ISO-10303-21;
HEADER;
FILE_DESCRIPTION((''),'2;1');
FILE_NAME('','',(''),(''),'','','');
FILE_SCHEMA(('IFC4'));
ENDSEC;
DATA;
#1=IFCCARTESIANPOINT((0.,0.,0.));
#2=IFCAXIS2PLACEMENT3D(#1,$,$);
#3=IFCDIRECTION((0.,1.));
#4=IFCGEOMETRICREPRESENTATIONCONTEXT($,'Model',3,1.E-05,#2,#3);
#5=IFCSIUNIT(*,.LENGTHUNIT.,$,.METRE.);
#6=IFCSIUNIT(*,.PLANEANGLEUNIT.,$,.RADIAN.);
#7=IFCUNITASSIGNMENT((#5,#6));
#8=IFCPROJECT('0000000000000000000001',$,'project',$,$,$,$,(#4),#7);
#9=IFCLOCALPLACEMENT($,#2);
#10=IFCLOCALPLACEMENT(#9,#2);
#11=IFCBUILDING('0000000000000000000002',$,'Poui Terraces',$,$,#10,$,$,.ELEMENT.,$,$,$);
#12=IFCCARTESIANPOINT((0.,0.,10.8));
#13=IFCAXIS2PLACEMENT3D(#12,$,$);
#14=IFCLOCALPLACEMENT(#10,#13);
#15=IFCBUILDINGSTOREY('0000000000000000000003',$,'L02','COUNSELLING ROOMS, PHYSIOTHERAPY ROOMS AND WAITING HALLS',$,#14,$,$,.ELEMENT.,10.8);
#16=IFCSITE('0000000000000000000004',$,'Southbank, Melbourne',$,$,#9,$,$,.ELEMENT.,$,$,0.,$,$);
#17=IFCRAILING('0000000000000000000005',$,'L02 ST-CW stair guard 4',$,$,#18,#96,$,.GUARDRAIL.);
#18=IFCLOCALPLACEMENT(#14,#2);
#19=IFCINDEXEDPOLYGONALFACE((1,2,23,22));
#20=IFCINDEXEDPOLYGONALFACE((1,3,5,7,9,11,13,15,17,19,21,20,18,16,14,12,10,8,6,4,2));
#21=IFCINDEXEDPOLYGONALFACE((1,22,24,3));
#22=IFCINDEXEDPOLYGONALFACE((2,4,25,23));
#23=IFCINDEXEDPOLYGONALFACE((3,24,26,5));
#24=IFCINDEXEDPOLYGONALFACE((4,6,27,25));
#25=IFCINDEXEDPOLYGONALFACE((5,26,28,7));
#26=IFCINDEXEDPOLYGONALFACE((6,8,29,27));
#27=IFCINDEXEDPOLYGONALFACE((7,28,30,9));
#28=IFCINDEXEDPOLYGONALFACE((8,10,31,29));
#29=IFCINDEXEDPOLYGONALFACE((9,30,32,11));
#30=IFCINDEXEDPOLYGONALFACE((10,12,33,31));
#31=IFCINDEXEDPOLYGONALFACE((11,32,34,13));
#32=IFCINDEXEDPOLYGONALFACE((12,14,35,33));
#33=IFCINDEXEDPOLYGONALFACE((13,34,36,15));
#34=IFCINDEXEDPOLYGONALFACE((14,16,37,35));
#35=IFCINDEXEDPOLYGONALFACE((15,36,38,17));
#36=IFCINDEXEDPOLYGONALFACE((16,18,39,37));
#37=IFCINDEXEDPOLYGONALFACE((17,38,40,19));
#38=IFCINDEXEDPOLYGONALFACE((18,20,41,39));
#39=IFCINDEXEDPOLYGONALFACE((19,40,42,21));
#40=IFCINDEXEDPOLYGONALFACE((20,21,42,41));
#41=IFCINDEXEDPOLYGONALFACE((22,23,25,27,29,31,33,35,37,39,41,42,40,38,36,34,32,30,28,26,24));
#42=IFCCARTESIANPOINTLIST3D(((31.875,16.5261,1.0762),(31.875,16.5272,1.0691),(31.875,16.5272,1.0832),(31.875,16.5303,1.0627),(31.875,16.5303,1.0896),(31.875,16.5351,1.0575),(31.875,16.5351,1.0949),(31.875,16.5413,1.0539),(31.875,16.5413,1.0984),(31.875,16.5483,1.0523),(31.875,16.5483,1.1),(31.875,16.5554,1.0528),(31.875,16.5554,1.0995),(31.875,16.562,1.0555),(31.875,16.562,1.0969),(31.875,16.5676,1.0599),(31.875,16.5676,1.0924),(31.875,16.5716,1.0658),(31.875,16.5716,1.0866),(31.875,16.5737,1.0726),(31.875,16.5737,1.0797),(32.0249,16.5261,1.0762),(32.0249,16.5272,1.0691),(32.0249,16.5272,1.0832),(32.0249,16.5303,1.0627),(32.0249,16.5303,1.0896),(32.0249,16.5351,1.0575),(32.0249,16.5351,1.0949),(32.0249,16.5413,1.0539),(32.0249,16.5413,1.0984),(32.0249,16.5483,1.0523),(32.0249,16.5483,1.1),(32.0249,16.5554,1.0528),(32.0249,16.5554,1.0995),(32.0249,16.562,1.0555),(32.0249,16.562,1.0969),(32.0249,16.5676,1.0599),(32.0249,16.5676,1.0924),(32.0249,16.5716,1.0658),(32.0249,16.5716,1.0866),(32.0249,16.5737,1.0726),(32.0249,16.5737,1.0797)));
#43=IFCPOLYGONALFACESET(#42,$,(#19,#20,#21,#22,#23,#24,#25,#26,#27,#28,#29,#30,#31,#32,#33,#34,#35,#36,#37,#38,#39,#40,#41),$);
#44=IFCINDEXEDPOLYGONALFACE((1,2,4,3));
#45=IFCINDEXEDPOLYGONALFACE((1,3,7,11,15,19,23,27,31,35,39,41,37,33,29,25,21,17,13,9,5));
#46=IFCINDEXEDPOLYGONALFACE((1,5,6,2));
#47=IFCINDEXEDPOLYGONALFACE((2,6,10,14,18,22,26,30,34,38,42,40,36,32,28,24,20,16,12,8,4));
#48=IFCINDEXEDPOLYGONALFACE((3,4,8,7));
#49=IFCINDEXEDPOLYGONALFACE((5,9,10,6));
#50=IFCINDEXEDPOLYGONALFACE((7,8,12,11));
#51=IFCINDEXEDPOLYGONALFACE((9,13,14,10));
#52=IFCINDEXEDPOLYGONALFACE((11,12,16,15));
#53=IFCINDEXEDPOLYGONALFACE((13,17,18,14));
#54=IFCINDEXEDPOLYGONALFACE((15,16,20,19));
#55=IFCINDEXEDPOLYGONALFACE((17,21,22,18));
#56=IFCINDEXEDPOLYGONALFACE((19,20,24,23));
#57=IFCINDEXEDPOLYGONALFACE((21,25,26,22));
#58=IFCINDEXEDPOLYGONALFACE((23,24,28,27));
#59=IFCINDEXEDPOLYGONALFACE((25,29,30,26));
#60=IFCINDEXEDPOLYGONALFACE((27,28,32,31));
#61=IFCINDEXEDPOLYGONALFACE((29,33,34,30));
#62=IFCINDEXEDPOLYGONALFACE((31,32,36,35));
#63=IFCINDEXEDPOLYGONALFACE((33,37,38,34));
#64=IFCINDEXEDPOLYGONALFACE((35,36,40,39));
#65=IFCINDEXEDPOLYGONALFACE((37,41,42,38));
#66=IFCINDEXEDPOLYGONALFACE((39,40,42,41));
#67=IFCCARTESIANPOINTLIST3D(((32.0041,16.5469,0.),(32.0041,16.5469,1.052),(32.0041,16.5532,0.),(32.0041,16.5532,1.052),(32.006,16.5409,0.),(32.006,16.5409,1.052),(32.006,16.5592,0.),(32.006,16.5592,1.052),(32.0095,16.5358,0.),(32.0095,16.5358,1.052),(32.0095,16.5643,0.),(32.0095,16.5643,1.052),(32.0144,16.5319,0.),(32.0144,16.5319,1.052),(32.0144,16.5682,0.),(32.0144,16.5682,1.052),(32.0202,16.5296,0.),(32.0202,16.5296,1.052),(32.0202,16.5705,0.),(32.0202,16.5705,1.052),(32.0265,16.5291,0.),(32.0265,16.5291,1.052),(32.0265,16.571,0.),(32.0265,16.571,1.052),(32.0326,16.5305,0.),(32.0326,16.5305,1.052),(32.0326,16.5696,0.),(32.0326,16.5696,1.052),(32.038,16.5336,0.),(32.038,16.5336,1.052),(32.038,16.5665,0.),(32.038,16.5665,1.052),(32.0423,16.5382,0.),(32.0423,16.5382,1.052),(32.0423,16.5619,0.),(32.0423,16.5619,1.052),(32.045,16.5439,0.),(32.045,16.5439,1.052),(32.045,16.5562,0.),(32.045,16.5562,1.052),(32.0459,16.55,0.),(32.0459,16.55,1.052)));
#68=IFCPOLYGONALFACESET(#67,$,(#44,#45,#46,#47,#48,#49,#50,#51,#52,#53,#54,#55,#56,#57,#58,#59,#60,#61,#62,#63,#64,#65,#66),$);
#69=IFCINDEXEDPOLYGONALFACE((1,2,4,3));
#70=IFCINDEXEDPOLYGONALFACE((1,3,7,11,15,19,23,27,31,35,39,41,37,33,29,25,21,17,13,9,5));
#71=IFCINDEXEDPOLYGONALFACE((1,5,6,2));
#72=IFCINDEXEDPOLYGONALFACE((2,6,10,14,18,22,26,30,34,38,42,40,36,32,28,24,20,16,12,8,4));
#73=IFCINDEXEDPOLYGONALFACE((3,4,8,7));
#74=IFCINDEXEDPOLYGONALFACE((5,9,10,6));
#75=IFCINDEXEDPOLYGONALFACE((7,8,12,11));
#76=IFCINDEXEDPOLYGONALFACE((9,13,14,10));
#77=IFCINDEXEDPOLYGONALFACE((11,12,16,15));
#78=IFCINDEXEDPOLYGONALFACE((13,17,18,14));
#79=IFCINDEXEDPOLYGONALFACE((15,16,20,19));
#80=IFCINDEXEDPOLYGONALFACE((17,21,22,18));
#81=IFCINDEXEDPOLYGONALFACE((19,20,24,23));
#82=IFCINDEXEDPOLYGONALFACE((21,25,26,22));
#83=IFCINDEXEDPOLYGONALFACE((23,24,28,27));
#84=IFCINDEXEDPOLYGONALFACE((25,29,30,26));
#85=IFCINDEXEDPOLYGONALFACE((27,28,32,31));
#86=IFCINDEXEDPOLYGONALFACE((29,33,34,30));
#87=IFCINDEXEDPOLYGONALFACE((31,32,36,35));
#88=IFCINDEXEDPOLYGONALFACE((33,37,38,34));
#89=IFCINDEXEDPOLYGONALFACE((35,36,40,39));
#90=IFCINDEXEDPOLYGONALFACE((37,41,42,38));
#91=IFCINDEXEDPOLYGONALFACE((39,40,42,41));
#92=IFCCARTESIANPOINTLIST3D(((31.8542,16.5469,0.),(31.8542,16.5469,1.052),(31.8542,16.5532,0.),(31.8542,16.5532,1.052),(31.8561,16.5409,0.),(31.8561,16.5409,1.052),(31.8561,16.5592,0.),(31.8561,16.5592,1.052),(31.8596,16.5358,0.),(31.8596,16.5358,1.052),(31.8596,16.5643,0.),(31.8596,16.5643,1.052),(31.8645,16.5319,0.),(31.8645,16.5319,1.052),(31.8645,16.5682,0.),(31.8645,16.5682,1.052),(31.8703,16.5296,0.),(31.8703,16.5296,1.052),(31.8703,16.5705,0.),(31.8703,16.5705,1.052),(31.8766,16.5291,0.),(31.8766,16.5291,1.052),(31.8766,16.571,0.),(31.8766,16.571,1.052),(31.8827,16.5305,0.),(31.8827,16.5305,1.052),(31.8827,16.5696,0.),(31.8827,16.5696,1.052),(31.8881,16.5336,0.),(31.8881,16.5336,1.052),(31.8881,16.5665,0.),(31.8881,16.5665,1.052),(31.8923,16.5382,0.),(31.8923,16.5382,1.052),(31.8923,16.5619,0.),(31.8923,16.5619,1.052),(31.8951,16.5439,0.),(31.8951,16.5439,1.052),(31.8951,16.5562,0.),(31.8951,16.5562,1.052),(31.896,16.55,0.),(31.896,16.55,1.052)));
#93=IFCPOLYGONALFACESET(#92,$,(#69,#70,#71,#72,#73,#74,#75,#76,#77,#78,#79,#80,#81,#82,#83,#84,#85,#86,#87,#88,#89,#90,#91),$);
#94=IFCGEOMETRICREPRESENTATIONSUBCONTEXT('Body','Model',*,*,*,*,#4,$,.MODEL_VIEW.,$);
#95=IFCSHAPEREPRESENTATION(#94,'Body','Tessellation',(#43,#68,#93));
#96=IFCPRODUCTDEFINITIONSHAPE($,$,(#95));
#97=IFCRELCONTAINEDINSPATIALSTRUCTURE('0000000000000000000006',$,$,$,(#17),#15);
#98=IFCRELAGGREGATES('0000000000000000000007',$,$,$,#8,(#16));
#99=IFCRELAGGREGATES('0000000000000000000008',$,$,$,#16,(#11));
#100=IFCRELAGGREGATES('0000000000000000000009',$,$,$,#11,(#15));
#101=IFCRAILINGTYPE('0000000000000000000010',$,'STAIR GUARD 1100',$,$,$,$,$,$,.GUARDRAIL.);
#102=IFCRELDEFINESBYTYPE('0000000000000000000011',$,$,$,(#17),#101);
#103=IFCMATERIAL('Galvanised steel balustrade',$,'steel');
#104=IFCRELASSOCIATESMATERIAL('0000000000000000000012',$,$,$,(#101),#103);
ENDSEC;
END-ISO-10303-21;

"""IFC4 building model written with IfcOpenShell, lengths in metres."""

from ifc_helpers import new_model, si_unit, direction, frame, origin, origin_2d, place, context, subcontext, project, spatial, circle, extrude, material, type_object, element, save


model = new_model("IFC4")

# Units and contexts
model_context = context("Model", 3, precision=1e-05, world=origin(), true_north=direction((0.0, 1.0)))
body_context = subcontext(model_context, "Body", "Model", "MODEL_VIEW")
ifc_project = project(units=[si_unit("LENGTHUNIT", "METRE"), si_unit("PLANEANGLEUNIT", "RADIAN")], contexts=[model_context])

# Site, building, storey
site_placement = place(None, origin())
site = spatial("IfcSite", under=ifc_project, at=site_placement, Name="Southbank, Melbourne", CompositionType="ELEMENT", RefElevation=0.0)
building_placement = place(site_placement, origin())
building = spatial("IfcBuilding", under=site, at=building_placement, Name="Poui Terraces", CompositionType="ELEMENT")
storey_placement = place(building_placement, frame((0.0, 0.0, 10.8)))
storey = spatial("IfcBuildingStorey", under=building, at=storey_placement, Name="L02", Description="COUNSELLING ROOMS, PHYSIOTHERAPY ROOMS AND WAITING HALLS", CompositionType="ELEMENT", Elevation=10.8)

# Railing
ifc_material_1 = material(Name="Galvanised steel balustrade", Category="steel")
railing_type_1 = type_object("IfcRailingType", Name="STAIR GUARD 1100", PredefinedType="GUARDRAIL", material=ifc_material_1)
railing_1_placement = place(storey_placement, frame((32.0249, 16.55, 0.0)))
element("IfcRailing", 1, at=railing_1_placement, inside=storey, type_object=railing_type_1, Name="L02 ST-CW stair guard 4", PredefinedType="GUARDRAIL", context=body_context, shape_type="SweptSolid", body=[
    extrude(circle(Radius=0.0239, at=origin_2d()), frame((0.0, 0.0, 1.0762), z_axis=(-1.0, 0.0, 0.0), x_axis=(0.0, -1.0, 0.0)), (0.0, 0.0, 1.0), 0.1499),
    extrude(circle(Radius=0.021, at=origin_2d()), origin(), (0.0, 0.0, 1.0), 1.052),
    extrude(circle(Radius=0.021, at=origin_2d()), frame((-0.1499, 0.0, 0.0)), (0.0, 0.0, 1.0), 1.052),
])

save(model, "model.ifc")
